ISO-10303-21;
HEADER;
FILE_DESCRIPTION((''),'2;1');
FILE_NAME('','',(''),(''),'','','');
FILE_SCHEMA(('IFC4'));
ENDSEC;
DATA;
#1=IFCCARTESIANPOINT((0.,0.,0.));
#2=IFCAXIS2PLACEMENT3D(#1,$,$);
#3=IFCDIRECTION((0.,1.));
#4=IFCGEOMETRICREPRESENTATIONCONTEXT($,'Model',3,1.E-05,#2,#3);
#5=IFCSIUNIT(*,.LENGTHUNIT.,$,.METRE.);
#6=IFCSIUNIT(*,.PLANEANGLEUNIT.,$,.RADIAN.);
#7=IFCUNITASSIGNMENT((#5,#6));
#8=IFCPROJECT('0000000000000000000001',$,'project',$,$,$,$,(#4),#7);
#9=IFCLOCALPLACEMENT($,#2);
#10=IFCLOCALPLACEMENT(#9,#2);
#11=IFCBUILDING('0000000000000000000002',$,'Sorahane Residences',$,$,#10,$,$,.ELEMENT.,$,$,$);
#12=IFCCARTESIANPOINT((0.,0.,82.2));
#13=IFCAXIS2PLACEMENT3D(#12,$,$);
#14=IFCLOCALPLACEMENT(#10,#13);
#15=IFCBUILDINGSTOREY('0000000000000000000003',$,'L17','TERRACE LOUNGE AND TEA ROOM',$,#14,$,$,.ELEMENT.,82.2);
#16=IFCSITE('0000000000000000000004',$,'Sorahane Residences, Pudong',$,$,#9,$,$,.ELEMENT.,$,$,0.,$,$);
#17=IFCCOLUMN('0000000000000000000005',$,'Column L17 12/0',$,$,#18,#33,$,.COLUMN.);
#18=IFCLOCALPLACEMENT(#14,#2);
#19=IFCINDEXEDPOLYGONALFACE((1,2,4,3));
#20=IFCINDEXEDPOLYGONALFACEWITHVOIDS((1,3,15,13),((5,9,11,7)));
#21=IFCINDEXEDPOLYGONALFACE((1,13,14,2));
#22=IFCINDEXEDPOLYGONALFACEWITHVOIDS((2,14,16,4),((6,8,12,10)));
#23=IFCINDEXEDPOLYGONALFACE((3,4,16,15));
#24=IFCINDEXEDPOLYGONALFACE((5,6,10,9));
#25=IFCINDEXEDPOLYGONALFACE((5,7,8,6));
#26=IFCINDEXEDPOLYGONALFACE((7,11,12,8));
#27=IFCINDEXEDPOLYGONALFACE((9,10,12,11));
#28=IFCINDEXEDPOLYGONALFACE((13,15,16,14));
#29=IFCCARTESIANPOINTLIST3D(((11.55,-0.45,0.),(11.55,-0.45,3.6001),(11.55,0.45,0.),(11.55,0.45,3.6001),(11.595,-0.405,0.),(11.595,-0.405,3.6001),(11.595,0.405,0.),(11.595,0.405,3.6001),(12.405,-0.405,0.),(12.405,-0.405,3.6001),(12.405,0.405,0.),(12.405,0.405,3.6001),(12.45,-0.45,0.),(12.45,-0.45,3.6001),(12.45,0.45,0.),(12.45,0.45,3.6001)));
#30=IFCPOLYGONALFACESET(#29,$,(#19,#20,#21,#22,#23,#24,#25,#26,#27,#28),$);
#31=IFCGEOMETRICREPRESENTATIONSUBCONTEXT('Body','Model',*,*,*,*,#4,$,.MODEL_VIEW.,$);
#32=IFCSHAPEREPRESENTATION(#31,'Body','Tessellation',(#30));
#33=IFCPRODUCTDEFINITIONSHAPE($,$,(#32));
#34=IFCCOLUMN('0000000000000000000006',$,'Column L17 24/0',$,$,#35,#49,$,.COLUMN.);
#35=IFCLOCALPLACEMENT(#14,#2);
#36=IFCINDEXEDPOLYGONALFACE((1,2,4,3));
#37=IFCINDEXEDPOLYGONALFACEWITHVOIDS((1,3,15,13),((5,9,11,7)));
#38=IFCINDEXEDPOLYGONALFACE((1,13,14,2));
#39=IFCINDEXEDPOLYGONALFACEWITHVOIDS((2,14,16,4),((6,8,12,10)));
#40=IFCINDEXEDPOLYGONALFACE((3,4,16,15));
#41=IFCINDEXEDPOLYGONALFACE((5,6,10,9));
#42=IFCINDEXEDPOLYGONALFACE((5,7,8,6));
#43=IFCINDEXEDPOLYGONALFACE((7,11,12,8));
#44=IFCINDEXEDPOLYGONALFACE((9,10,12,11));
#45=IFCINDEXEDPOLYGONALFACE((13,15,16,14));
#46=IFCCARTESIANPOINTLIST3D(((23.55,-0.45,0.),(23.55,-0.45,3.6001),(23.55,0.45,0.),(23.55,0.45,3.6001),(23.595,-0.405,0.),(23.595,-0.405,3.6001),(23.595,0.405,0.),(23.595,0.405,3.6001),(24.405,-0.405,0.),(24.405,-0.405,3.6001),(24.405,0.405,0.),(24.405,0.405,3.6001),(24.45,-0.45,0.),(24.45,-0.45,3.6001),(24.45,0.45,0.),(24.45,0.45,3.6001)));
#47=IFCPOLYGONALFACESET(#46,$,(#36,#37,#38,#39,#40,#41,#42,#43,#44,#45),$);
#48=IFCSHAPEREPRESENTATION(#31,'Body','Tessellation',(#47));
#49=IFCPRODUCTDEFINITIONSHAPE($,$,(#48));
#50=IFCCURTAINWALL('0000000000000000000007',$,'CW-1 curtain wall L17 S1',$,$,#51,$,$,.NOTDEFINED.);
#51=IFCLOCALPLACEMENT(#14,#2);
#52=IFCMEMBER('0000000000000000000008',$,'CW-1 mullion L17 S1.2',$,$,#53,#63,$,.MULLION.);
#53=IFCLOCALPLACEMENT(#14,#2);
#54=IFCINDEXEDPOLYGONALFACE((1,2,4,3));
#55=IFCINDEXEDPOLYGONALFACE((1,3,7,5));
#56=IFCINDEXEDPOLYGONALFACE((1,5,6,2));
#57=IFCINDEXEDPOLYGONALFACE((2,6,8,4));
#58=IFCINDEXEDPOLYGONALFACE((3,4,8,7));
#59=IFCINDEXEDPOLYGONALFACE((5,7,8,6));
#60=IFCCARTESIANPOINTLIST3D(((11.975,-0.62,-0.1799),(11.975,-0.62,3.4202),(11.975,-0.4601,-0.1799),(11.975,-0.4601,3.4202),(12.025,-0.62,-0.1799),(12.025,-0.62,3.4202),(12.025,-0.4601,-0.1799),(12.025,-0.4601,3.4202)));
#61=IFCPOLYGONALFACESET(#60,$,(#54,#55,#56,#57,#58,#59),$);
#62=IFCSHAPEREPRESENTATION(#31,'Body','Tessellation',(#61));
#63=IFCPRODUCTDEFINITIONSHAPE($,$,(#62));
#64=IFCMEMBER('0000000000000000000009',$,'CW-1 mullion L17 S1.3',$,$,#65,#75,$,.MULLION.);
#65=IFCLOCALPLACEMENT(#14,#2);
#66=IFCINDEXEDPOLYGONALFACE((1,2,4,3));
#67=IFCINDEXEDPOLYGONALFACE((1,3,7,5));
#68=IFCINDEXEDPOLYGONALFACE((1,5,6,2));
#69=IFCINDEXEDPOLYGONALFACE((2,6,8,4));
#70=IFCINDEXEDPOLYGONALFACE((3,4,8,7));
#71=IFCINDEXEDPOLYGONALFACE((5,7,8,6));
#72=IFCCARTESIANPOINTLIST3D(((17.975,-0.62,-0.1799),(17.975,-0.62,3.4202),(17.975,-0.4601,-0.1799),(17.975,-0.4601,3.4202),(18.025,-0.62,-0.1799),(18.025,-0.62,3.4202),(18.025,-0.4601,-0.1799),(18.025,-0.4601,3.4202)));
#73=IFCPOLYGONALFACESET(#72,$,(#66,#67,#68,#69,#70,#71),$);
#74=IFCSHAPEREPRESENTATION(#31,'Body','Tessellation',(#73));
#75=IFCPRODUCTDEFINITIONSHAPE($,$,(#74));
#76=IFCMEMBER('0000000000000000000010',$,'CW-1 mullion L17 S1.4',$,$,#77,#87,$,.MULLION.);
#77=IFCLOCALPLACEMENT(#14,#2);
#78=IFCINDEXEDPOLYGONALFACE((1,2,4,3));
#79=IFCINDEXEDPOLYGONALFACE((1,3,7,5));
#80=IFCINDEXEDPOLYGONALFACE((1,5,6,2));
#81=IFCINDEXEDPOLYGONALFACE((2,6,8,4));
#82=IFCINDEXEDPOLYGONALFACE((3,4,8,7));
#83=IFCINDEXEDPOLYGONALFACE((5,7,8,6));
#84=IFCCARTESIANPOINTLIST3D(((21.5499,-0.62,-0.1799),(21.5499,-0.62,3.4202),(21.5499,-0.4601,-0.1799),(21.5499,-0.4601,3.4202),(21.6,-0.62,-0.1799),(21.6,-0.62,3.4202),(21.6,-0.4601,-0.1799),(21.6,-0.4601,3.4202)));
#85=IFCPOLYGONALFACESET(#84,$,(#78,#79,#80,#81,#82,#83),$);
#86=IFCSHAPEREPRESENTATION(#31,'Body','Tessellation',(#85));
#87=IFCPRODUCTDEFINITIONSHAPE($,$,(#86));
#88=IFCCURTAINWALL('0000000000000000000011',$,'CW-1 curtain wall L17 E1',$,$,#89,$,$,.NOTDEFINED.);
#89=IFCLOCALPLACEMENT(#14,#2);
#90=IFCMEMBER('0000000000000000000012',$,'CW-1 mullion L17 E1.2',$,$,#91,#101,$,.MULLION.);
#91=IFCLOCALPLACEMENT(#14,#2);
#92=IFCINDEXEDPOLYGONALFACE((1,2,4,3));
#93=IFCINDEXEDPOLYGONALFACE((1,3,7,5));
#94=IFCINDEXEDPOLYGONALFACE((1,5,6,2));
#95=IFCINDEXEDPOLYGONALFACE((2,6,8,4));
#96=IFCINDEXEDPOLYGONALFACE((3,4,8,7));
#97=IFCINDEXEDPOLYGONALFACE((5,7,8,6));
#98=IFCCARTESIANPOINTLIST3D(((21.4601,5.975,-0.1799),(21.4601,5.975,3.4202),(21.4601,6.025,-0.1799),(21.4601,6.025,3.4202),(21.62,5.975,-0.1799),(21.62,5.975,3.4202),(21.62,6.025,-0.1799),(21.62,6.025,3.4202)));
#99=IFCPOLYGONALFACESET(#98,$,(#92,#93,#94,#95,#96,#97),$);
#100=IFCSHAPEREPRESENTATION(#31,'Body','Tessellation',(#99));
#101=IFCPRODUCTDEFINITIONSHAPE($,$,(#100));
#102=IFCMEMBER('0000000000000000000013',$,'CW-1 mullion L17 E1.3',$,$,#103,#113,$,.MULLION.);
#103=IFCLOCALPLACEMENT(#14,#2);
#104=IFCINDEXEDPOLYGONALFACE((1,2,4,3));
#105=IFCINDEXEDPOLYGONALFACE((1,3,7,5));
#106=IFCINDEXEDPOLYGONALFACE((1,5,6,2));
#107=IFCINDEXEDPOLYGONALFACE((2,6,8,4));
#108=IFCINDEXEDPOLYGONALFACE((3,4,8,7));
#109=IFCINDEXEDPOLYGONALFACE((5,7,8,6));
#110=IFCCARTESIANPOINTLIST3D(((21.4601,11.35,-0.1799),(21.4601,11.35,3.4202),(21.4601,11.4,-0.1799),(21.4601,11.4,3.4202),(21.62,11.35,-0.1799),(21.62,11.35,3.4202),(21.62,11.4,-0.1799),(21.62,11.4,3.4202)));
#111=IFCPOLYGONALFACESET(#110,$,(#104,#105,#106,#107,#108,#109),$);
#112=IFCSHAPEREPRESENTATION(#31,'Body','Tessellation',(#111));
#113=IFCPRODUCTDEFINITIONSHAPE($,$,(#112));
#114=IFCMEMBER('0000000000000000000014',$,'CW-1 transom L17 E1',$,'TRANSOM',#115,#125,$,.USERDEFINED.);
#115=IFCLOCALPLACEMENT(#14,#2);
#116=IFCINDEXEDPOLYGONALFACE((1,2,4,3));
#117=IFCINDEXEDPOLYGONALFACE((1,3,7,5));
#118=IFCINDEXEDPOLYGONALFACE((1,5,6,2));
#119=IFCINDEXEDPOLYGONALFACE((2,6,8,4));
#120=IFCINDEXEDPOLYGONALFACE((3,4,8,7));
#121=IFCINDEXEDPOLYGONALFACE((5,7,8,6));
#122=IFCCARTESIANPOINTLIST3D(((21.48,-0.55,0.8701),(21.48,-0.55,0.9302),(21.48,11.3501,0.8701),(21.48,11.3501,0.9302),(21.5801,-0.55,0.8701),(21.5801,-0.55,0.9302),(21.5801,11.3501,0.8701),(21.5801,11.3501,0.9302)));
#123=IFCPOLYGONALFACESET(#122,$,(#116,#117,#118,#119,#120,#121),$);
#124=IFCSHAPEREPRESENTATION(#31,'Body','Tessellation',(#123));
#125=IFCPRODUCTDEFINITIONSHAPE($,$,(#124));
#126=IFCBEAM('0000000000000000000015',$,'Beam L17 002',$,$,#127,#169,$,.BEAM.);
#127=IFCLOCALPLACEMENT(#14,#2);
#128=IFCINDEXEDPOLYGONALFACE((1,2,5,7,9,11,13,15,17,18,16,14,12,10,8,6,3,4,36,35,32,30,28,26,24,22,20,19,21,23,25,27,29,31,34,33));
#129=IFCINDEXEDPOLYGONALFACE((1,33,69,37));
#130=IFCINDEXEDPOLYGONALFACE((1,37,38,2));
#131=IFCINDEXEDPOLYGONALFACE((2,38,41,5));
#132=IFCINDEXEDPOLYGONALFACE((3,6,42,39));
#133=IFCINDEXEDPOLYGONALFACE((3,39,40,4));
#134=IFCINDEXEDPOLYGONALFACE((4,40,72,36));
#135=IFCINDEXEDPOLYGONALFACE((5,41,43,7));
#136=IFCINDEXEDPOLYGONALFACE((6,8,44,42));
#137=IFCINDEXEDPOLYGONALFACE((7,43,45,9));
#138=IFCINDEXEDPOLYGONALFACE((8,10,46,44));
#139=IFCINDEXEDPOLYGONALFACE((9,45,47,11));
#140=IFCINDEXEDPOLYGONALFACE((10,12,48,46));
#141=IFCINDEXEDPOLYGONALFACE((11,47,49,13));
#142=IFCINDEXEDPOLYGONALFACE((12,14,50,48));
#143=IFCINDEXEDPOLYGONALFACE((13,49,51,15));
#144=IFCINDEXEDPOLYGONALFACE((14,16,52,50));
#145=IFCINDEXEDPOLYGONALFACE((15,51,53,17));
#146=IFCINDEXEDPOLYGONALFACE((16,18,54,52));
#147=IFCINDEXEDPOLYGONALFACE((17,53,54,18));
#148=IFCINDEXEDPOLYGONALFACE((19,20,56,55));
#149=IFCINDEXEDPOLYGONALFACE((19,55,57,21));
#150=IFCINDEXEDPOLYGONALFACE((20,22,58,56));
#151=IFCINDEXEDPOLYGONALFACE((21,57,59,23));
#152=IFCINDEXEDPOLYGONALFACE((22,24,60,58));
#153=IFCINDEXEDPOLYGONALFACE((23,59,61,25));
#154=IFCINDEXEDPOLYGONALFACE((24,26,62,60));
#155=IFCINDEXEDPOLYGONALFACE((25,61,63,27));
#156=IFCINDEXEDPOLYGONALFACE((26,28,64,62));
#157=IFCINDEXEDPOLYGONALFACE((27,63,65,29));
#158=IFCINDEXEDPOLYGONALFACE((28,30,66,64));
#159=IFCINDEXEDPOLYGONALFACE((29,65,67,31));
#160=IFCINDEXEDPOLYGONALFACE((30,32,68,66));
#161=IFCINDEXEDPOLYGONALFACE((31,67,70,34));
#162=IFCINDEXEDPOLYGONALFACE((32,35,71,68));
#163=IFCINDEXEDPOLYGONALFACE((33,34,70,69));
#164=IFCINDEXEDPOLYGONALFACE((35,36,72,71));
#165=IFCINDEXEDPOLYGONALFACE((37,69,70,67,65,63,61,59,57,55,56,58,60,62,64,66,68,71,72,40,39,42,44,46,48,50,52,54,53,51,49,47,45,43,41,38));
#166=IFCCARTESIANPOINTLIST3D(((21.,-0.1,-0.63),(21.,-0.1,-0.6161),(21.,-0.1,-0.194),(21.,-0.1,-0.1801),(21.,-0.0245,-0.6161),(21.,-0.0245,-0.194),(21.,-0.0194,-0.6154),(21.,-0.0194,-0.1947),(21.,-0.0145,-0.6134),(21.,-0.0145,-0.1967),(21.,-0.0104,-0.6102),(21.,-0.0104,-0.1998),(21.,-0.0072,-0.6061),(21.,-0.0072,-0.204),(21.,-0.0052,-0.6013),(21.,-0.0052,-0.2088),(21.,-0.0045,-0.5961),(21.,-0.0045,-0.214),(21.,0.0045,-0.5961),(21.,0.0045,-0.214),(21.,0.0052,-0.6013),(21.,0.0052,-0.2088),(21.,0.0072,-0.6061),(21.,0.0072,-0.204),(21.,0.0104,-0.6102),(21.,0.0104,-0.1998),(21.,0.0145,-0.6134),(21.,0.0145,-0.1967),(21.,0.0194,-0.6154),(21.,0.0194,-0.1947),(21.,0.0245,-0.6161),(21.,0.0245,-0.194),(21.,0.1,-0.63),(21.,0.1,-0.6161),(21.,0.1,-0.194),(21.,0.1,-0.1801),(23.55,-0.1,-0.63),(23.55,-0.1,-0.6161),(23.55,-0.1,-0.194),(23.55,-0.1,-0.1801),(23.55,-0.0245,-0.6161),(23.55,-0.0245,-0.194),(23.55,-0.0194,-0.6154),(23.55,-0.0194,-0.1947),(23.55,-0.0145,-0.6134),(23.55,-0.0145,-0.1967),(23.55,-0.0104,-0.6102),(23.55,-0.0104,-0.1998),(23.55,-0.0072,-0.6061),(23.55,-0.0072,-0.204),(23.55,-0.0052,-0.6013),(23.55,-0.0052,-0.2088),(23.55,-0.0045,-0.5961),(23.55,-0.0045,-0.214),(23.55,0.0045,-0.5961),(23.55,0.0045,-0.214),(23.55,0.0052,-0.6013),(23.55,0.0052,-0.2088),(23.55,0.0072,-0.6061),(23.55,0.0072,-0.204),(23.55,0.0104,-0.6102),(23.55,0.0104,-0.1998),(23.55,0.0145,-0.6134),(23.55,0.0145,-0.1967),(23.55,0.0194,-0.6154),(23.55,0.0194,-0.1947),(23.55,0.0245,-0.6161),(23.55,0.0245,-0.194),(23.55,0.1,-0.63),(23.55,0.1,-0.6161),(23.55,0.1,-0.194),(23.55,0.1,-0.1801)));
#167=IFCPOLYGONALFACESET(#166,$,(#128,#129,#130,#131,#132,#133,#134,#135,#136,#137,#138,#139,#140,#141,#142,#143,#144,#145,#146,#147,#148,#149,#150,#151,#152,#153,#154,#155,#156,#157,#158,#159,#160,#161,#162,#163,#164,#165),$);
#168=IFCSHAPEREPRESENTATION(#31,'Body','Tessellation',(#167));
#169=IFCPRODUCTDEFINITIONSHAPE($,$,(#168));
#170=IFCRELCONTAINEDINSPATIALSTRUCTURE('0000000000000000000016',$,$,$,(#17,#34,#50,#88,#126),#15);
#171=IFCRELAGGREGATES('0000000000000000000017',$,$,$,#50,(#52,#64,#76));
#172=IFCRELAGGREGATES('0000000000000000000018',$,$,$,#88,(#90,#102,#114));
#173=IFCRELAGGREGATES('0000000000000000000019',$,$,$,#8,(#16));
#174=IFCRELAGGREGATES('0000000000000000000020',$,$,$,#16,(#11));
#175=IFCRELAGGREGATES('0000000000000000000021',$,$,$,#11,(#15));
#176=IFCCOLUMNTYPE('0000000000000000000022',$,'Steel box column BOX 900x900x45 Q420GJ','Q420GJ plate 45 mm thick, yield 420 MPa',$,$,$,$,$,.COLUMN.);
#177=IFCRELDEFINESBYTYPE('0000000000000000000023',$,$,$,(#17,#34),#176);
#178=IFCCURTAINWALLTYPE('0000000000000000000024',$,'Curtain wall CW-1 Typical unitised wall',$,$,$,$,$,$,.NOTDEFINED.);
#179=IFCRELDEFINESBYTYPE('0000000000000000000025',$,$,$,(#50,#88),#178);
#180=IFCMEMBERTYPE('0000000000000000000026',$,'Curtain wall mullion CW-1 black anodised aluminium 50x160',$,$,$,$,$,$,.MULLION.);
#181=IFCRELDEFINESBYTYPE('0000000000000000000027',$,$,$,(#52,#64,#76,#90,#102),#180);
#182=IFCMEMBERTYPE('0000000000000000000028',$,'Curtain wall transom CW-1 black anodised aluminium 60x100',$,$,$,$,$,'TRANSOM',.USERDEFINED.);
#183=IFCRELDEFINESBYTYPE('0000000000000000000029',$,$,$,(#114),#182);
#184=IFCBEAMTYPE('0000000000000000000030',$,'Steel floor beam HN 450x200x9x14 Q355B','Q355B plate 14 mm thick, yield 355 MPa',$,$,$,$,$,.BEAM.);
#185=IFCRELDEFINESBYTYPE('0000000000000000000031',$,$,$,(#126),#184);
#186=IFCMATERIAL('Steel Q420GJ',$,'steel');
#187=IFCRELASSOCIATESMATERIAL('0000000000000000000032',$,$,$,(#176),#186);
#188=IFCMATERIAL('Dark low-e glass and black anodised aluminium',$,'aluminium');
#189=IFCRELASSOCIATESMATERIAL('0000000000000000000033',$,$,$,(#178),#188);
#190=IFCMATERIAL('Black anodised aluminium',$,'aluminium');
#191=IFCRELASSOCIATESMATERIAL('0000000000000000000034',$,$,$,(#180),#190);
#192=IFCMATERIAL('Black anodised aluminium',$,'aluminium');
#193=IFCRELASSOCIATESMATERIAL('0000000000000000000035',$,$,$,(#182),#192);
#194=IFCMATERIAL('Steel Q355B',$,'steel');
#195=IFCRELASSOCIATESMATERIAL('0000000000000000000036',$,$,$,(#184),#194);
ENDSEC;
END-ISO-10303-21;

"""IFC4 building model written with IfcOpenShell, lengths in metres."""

from ifc_helpers import new_model, si_unit, direction, frame, origin, origin_2d, place, context, subcontext, project, spatial, rectangle, hollow_rectangle, i_section, extrude, material, material_profile, profile_set, type_object, element, aggregate, save


model = new_model("IFC4")

# Units and contexts
model_context = context("Model", 3, precision=1e-05, world=origin(), true_north=direction((0.0, 1.0)))
body_context = subcontext(model_context, "Body", "Model", "MODEL_VIEW")
ifc_project = project(units=[si_unit("LENGTHUNIT", "METRE"), si_unit("PLANEANGLEUNIT", "RADIAN")], contexts=[model_context])

# Site, building, storey
site_placement = place(None, origin())
site = spatial("IfcSite", under=ifc_project, at=site_placement, Name="Sorahane Residences, Pudong", CompositionType="ELEMENT", RefElevation=0.0)
building_placement = place(site_placement, origin())
building = spatial("IfcBuilding", under=site, at=building_placement, Name="Sorahane Residences", CompositionType="ELEMENT")
storey_placement = place(building_placement, frame((0.0, 0.0, 82.2)))
storey = spatial("IfcBuildingStorey", under=building, at=storey_placement, Name="L17", Description="TERRACE LOUNGE AND TEA ROOM", CompositionType="ELEMENT", Elevation=82.2)

# Columns
ifc_material_1 = material(Name="Steel Q420GJ", Category="steel")
ifc_material_profile_1 = material_profile(ifc_material_1, hollow_rectangle(XDim=0.8999, YDim=0.8999, WallThickness=0.0449, at=origin_2d()), Name="BOX 900x900x45")
ifc_profile_set_1 = profile_set([ifc_material_profile_1], Name="Steel Q420GJ")
column_type = type_object("IfcColumnType", Name="Steel box column BOX 900x900x45 Q420GJ", Description="Q420GJ plate 45 mm thick, yield 420 MPa", PredefinedType="COLUMN", material=ifc_profile_set_1)
for number, where, z_axis, x_axis, name in (
    (1, (12.0, 0.0, 0.0), (0.0, 0.0, 1.0), (1.0, 0.0, 0.0), "Column L17 12/0"),
    (2, (24.0, 0.0, 0.0), (0.0, 0.0, 1.0), (1.0, 0.0, 0.0), "Column L17 24/0"),
):
    element("IfcColumn", number, at=place(storey_placement, frame(where, z_axis=z_axis, x_axis=x_axis)), inside=storey, type_object=column_type, Name=name, PredefinedType="COLUMN", context=body_context, shape_type="SweptSolid", body=[
        extrude(hollow_rectangle(XDim=0.8999, YDim=0.8999, WallThickness=0.0449, at=origin_2d()), origin(), (0.0, 0.0, 1.0), 3.6001),
    ])

# Curtain walls, members
ifc_material_2 = material(Name="Dark low-e glass and black anodised aluminium", Category="aluminium")
curtain_wall_type = type_object("IfcCurtainWallType", Name="Curtain wall CW-1 Typical unitised wall", PredefinedType="NOTDEFINED", material=ifc_material_2)
curtain_wall_1_placement = place(storey_placement, origin())
curtain_wall_1 = element("IfcCurtainWall", 3, at=curtain_wall_1_placement, inside=storey, type_object=curtain_wall_type, Name="CW-1 curtain wall L17 S1", PredefinedType="NOTDEFINED")
ifc_material_3 = material(Name="Black anodised aluminium", Category="aluminium")
ifc_material_profile_2 = material_profile(ifc_material_3, rectangle(XDim=0.1599, YDim=0.05, at=origin_2d()), Name="Curtain wall mullion CW-1 black anodised aluminium 50x160")
ifc_profile_set_2 = profile_set([ifc_material_profile_2], Name="Black anodised aluminium")
member_type_1 = type_object("IfcMemberType", Name="Curtain wall mullion CW-1 black anodised aluminium 50x160", PredefinedType="MULLION", material=ifc_profile_set_2)
member_1_placement = place(storey_placement, frame((12.0, -0.54, -0.1799), z_axis=(0.0, 0.0, 1.0), x_axis=(0.0, -1.0, 0.0)))
member_1 = element("IfcMember", 4, at=member_1_placement, type_object=member_type_1, Name="CW-1 mullion L17 S1.2", PredefinedType="MULLION", context=body_context, shape_type="SweptSolid", body=[
    extrude(rectangle(XDim=0.1599, YDim=0.05, at=origin_2d()), origin(), (0.0, 0.0, 1.0), 3.6001),
])
member_2_placement = place(storey_placement, frame((18.0, -0.54, -0.1799), z_axis=(0.0, 0.0, 1.0), x_axis=(0.0, -1.0, 0.0)))
member_2 = element("IfcMember", 5, at=member_2_placement, type_object=member_type_1, Name="CW-1 mullion L17 S1.3", PredefinedType="MULLION", context=body_context, shape_type="SweptSolid", body=[
    extrude(rectangle(XDim=0.1599, YDim=0.05, at=origin_2d()), origin(), (0.0, 0.0, 1.0), 3.6001),
])
member_3_placement = place(storey_placement, frame((21.575, -0.54, -0.1799), z_axis=(0.0, 0.0, 1.0), x_axis=(0.0, -1.0, 0.0)))
member_3 = element("IfcMember", 6, at=member_3_placement, type_object=member_type_1, Name="CW-1 mullion L17 S1.4", PredefinedType="MULLION", context=body_context, shape_type="SweptSolid", body=[
    extrude(rectangle(XDim=0.1599, YDim=0.05, at=origin_2d()), origin(), (0.0, 0.0, 1.0), 3.6001),
])
curtain_wall_2_placement = place(storey_placement, origin())
curtain_wall_2 = element("IfcCurtainWall", 7, at=curtain_wall_2_placement, inside=storey, type_object=curtain_wall_type, Name="CW-1 curtain wall L17 E1", PredefinedType="NOTDEFINED")
member_4_placement = place(storey_placement, frame((21.54, 6.0, -0.1799), z_axis=(0.0, 0.0, 1.0), x_axis=(1.0, 0.0, 0.0)))
member_4 = element("IfcMember", 8, at=member_4_placement, type_object=member_type_1, Name="CW-1 mullion L17 E1.2", PredefinedType="MULLION", context=body_context, shape_type="SweptSolid", body=[
    extrude(rectangle(XDim=0.1599, YDim=0.05, at=origin_2d()), origin(), (0.0, 0.0, 1.0), 3.6001),
])
member_5_placement = place(storey_placement, frame((21.54, 11.375, -0.1799), z_axis=(0.0, 0.0, 1.0), x_axis=(1.0, 0.0, 0.0)))
member_5 = element("IfcMember", 9, at=member_5_placement, type_object=member_type_1, Name="CW-1 mullion L17 E1.3", PredefinedType="MULLION", context=body_context, shape_type="SweptSolid", body=[
    extrude(rectangle(XDim=0.1599, YDim=0.05, at=origin_2d()), origin(), (0.0, 0.0, 1.0), 3.6001),
])
ifc_material_4 = material(Name="Black anodised aluminium", Category="aluminium")
ifc_material_profile_3 = material_profile(ifc_material_4, rectangle(XDim=0.1001, YDim=0.0601, at=origin_2d()), Name="Curtain wall transom CW-1 black anodised aluminium 60x100")
ifc_profile_set_3 = profile_set([ifc_material_profile_3], Name="Black anodised aluminium")
member_type_2 = type_object("IfcMemberType", Name="Curtain wall transom CW-1 black anodised aluminium 60x100", ElementType="TRANSOM", PredefinedType="USERDEFINED", material=ifc_profile_set_3)
member_6_placement = place(storey_placement, frame((21.53, -0.55, 0.9001), z_axis=(0.0, 1.0, 0.0), x_axis=(-1.0, 0.0, 0.0)))
member_6 = element("IfcMember", 10, at=member_6_placement, type_object=member_type_2, Name="CW-1 transom L17 E1", ObjectType="TRANSOM", PredefinedType="USERDEFINED", context=body_context, shape_type="SweptSolid", body=[
    extrude(rectangle(XDim=0.1001, YDim=0.0601, at=origin_2d()), origin(), (0.0, 0.0, 1.0), 11.9001),
])

# Beam
ifc_material_5 = material(Name="Steel Q355B", Category="steel")
ifc_material_profile_4 = material_profile(ifc_material_5, i_section(OverallWidth=0.2, OverallDepth=0.45, WebThickness=0.009, FlangeThickness=0.0139, FilletRadius=0.02, at=origin_2d()), Name="HN 450x200x9x14")
ifc_profile_set_4 = profile_set([ifc_material_profile_4], Name="Steel Q355B")
beam_type_1 = type_object("IfcBeamType", Name="Steel floor beam HN 450x200x9x14 Q355B", Description="Q355B plate 14 mm thick, yield 355 MPa", PredefinedType="BEAM", material=ifc_profile_set_4)
beam_1_placement = place(storey_placement, frame((21.0, 0.0, -0.405), z_axis=(1.0, 0.0, 0.0), x_axis=(0.0, 1.0, 0.0)))
element("IfcBeam", 11, at=beam_1_placement, inside=storey, type_object=beam_type_1, Name="Beam L17 002", PredefinedType="BEAM", context=body_context, shape_type="SweptSolid", body=[
    extrude(i_section(OverallWidth=0.2, OverallDepth=0.45, WebThickness=0.009, FlangeThickness=0.0139, FilletRadius=0.02, at=origin_2d()), origin(), (0.0, 0.0, 1.0), 2.55),
])

aggregate(curtain_wall_1, [member_1, member_2, member_3])
aggregate(curtain_wall_2, [member_4, member_5, member_6])

save(model, "model.ifc")
